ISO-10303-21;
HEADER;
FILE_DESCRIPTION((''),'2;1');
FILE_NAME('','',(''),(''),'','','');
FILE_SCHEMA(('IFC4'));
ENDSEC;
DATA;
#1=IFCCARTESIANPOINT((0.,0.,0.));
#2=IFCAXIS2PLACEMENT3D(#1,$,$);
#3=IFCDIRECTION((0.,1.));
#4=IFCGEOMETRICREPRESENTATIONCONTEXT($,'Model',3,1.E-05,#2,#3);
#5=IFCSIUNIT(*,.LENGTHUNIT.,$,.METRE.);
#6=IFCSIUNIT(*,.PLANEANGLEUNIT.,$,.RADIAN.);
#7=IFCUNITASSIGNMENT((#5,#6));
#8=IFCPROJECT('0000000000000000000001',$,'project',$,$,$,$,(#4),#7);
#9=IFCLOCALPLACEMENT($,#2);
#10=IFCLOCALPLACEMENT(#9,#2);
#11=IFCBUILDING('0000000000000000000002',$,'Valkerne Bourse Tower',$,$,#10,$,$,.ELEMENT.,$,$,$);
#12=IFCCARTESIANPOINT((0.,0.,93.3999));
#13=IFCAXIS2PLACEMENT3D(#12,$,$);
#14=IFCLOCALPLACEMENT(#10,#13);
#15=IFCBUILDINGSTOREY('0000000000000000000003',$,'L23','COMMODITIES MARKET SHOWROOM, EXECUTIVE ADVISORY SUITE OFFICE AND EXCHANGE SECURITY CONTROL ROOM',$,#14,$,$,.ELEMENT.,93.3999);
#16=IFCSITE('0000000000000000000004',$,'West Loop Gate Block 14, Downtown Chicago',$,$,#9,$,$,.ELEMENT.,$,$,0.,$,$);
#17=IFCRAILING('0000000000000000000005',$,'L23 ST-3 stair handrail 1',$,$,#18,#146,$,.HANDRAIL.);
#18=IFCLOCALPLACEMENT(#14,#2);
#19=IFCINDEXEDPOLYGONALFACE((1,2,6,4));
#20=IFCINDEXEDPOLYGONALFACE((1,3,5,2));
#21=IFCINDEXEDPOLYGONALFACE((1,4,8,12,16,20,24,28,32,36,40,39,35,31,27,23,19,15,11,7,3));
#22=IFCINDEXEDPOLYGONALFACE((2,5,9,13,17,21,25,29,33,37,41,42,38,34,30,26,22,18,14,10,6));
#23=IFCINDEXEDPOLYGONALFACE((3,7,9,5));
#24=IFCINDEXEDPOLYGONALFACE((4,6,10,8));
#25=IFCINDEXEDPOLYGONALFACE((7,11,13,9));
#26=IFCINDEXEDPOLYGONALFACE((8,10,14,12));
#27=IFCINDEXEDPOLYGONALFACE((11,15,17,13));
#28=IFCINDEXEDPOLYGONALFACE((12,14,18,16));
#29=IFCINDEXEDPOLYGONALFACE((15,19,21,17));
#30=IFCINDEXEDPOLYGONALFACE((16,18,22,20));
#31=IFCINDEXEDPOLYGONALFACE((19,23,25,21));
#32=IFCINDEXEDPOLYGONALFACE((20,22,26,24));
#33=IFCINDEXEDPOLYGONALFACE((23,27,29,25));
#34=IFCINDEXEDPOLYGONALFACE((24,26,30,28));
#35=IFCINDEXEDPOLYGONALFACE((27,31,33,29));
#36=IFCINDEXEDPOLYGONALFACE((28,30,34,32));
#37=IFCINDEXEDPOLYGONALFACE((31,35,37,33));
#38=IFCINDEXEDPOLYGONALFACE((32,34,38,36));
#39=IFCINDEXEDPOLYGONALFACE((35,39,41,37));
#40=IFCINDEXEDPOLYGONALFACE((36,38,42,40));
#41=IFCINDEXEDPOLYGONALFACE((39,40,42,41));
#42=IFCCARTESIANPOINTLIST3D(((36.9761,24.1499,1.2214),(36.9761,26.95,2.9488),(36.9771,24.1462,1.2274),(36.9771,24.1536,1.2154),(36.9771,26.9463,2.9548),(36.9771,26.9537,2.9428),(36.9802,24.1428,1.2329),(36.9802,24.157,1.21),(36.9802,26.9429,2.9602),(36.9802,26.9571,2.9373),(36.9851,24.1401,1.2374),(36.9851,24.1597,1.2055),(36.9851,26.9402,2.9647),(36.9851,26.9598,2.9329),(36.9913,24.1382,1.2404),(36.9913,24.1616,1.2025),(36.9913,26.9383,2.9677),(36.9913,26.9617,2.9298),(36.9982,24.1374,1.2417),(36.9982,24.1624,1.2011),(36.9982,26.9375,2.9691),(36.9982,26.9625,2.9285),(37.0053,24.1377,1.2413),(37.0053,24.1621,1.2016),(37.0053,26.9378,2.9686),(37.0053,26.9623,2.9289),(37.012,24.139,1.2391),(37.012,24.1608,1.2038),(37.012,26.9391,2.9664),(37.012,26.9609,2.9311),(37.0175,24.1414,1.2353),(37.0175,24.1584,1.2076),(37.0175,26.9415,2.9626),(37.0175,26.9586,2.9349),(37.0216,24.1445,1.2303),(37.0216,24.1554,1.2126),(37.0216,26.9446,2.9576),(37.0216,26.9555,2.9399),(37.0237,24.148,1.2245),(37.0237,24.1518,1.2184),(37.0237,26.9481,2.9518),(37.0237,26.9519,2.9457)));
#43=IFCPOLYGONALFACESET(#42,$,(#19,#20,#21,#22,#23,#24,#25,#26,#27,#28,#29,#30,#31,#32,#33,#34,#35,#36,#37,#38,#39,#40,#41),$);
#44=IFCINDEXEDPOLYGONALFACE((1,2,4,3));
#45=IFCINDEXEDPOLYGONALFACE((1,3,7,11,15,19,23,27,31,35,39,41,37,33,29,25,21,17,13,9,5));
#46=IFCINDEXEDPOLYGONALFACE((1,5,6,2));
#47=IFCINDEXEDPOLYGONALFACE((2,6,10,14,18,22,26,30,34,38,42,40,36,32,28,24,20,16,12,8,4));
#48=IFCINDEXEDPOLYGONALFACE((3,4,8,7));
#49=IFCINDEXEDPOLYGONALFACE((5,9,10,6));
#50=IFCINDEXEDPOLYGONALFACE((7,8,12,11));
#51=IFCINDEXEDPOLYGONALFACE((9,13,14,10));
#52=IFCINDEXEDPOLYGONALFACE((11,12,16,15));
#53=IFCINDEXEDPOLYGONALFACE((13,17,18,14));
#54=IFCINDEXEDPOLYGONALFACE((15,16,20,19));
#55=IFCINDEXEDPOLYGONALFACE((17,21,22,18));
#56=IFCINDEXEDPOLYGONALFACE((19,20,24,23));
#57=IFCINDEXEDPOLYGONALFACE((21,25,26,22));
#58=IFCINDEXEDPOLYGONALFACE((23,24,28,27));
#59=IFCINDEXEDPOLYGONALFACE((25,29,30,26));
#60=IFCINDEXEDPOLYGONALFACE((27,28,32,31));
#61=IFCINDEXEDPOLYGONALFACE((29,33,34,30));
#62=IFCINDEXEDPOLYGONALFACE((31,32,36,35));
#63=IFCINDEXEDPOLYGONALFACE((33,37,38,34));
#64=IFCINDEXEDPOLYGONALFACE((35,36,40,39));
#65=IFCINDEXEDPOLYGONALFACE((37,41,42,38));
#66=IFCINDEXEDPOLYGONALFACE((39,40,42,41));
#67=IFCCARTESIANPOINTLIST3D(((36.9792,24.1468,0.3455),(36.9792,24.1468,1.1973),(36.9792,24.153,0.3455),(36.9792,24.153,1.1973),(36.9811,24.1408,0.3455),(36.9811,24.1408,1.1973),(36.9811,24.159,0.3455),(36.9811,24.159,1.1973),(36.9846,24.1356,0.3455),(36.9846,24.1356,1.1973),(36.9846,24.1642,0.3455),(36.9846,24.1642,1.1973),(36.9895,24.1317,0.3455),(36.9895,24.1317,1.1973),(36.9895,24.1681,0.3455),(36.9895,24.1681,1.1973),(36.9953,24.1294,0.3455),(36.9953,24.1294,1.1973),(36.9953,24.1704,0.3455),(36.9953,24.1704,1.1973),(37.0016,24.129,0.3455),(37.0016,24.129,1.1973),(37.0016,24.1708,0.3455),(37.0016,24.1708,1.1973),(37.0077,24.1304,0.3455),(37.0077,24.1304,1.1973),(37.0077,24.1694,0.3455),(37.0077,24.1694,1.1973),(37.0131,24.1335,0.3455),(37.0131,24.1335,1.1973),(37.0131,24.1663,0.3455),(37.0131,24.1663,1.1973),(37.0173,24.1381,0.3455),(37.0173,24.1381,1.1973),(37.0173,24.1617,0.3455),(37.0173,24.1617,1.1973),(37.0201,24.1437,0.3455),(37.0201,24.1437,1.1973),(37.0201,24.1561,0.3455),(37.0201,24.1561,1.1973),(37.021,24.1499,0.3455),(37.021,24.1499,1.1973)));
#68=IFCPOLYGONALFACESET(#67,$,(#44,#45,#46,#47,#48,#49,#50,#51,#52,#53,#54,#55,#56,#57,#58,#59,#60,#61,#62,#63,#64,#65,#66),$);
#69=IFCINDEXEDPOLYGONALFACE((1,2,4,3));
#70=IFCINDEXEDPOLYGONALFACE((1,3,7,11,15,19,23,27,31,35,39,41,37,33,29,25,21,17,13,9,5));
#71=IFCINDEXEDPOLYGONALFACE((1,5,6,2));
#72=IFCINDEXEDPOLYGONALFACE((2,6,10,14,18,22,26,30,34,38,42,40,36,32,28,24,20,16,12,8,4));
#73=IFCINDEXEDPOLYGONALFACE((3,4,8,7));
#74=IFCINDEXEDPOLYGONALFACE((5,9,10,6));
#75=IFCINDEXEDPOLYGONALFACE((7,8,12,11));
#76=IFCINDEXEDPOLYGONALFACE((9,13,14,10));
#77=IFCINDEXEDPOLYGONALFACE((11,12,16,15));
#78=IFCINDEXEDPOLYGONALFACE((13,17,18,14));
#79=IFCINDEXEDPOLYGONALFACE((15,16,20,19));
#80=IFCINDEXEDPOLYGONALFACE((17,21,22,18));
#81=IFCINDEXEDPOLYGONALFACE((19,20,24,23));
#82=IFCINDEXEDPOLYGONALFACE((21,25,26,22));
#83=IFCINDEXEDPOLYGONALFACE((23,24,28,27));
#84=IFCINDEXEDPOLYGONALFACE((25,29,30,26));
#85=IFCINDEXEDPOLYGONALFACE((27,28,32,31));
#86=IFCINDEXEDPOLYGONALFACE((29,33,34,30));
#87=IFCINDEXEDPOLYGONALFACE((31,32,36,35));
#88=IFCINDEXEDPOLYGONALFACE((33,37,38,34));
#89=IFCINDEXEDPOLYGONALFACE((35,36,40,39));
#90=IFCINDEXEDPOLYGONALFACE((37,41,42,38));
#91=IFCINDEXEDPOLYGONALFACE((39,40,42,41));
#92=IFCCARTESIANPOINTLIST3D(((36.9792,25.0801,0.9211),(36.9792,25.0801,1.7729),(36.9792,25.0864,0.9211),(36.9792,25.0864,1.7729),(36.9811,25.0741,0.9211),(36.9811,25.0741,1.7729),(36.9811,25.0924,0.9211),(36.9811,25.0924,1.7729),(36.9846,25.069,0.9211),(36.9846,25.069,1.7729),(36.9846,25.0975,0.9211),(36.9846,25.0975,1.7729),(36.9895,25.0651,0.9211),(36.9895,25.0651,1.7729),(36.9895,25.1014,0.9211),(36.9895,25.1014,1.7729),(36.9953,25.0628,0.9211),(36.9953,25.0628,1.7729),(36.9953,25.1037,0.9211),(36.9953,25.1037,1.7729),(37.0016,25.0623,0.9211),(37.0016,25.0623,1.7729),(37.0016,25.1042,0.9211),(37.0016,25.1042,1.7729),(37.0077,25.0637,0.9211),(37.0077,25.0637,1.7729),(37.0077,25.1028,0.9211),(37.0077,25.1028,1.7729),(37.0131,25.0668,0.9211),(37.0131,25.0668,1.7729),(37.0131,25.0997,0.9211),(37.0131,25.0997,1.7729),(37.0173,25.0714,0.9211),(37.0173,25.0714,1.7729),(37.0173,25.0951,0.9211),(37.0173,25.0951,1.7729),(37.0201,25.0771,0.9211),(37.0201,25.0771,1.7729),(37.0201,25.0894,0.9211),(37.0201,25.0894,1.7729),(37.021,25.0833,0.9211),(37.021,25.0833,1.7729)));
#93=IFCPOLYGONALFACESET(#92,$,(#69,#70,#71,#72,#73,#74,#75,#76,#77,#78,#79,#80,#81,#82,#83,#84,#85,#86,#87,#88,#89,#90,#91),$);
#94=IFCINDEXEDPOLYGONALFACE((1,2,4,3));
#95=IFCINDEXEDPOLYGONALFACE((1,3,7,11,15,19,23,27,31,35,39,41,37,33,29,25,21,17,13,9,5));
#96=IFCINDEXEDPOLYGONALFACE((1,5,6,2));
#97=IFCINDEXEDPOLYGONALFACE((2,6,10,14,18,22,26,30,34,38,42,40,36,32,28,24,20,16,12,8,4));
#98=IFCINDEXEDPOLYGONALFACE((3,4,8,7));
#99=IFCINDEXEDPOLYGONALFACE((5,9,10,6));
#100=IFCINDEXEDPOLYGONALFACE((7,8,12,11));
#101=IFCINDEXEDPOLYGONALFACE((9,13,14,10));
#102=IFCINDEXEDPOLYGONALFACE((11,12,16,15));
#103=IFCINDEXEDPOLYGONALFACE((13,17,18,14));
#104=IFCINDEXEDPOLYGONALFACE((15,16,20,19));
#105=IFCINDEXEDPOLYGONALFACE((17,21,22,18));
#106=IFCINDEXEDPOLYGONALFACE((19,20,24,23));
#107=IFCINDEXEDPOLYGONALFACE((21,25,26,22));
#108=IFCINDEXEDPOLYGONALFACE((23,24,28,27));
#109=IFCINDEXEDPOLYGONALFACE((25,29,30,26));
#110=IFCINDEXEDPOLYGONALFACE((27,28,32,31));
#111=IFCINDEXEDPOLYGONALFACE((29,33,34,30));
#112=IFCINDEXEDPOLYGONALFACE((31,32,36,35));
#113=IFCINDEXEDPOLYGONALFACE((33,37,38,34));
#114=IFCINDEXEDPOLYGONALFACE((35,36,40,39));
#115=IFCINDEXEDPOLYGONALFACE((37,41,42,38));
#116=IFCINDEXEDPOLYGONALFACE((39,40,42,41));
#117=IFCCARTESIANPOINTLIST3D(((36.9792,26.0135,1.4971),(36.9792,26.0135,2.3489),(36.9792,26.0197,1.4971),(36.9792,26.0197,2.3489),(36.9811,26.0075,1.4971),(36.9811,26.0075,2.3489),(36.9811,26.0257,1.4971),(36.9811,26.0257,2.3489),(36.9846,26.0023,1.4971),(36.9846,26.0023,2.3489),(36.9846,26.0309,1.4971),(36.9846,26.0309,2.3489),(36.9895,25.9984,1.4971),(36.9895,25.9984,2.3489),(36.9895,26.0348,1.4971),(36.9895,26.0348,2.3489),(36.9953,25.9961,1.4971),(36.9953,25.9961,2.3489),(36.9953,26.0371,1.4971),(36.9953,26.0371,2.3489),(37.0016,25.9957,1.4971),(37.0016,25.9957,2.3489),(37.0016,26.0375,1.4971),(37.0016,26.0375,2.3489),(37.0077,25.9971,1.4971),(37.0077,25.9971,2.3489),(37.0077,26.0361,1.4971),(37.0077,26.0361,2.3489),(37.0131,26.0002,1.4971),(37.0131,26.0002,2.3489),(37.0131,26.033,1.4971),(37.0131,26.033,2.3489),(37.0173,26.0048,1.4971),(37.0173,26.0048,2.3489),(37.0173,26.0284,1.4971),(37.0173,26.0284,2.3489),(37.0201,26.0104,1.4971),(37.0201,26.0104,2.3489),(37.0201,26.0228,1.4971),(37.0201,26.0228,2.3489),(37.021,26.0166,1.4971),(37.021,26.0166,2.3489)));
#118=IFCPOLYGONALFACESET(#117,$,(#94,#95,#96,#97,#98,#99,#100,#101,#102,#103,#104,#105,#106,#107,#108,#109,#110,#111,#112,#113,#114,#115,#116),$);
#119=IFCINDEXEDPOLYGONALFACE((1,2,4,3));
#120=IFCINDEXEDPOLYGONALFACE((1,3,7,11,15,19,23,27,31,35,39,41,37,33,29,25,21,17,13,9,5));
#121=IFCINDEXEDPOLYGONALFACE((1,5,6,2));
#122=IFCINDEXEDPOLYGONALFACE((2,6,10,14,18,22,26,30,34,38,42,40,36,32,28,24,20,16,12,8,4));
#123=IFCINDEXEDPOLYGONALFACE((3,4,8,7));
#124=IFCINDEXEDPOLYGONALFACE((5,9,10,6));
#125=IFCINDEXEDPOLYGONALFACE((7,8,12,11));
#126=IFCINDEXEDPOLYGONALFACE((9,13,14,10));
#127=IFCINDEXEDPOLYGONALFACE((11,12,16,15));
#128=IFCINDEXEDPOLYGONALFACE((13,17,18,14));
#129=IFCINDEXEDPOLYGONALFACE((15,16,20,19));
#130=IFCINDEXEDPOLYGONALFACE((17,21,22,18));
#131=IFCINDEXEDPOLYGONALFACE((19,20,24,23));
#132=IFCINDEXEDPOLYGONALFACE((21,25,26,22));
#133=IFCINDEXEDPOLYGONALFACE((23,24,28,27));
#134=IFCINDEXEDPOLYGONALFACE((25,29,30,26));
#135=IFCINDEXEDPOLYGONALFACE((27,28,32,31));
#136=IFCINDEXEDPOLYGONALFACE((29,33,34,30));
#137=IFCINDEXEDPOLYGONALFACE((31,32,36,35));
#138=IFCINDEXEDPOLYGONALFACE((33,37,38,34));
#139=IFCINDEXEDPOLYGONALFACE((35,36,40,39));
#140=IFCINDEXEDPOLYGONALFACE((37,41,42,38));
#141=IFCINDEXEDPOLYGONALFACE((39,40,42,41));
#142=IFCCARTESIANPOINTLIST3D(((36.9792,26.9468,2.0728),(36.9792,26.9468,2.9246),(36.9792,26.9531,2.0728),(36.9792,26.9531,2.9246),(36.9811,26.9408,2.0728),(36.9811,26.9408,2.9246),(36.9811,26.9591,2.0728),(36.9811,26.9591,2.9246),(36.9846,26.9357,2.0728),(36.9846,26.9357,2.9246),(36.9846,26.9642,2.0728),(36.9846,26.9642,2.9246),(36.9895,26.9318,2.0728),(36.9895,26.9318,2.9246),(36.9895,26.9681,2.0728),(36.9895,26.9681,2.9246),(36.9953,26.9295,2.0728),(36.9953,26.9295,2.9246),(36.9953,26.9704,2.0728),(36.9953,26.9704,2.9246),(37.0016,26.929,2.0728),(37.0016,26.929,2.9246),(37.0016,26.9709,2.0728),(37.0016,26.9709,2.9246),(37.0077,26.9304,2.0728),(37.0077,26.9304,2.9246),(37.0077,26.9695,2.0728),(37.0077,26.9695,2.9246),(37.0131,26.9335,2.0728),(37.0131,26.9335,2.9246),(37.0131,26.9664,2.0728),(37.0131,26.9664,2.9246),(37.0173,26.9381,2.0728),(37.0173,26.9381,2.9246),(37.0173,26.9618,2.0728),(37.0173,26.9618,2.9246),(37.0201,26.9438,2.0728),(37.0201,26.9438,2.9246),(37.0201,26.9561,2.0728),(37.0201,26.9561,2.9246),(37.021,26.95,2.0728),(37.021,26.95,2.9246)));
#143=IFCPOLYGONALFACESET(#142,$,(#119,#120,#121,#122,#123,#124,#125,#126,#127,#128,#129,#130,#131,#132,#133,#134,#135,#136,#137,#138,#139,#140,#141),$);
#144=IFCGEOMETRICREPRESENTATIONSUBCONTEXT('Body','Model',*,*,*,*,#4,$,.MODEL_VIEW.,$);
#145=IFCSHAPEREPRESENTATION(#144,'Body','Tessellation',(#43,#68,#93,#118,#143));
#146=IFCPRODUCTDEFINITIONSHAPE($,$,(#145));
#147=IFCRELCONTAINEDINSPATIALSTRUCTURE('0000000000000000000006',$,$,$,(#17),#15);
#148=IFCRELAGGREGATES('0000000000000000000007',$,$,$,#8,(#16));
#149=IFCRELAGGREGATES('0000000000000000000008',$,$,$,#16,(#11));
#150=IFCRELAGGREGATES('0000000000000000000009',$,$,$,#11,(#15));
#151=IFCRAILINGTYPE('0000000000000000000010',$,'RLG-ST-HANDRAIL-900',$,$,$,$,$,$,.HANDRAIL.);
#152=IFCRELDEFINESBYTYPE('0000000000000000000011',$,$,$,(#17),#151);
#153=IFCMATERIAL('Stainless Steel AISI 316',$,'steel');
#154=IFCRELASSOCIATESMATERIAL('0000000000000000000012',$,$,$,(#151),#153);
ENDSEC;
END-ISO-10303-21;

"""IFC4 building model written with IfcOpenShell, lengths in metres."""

from ifc_helpers import new_model, si_unit, direction, frame, origin, origin_2d, place, context, subcontext, project, spatial, circle, extrude, material, type_object, element, save


model = new_model("IFC4")

# Units and contexts
model_context = context("Model", 3, precision=1e-05, world=origin(), true_north=direction((0.0, 1.0)))
body_context = subcontext(model_context, "Body", "Model", "MODEL_VIEW")
ifc_project = project(units=[si_unit("LENGTHUNIT", "METRE"), si_unit("PLANEANGLEUNIT", "RADIAN")], contexts=[model_context])

# Site, building, storey
site_placement = place(None, origin())
site = spatial("IfcSite", under=ifc_project, at=site_placement, Name="West Loop Gate Block 14, Downtown Chicago", CompositionType="ELEMENT", RefElevation=0.0)
building_placement = place(site_placement, origin())
building = spatial("IfcBuilding", under=site, at=building_placement, Name="Valkerne Bourse Tower", CompositionType="ELEMENT")
storey_placement = place(building_placement, frame((0.0, 0.0, 93.3999)))
storey = spatial("IfcBuildingStorey", under=building, at=storey_placement, Name="L23", Description="COMMODITIES MARKET SHOWROOM, EXECUTIVE ADVISORY SUITE OFFICE AND EXCHANGE SECURITY CONTROL ROOM", CompositionType="ELEMENT", Elevation=93.3999)

# Railing
ifc_material_1 = material(Name="Stainless Steel AISI 316", Category="steel")
railing_type_1 = type_object("IfcRailingType", Name="RLG-ST-HANDRAIL-900", PredefinedType="HANDRAIL", material=ifc_material_1)
railing_1_placement = place(storey_placement, frame((37.0, 24.1499, 0.3455)))
element("IfcRailing", 1, at=railing_1_placement, inside=storey, type_object=railing_type_1, Name="L23 ST-3 stair handrail 1", PredefinedType="HANDRAIL", context=body_context, shape_type="SweptSolid", body=[
    extrude(circle(Radius=0.0239, at=origin_2d()), frame((0.0, 0.0, 0.876), z_axis=(0.0, 0.85109, 0.52502), x_axis=(-1.0, 0.0, 0.0)), (0.0, 0.0, 1.0), 3.29),
    extrude(circle(Radius=0.021, at=origin_2d()), origin(), (0.0, 0.0, 1.0), 0.8518),
    extrude(circle(Radius=0.021, at=origin_2d()), frame((0.0, 0.9333, 0.5757)), (0.0, 0.0, 1.0), 0.8518),
    extrude(circle(Radius=0.021, at=origin_2d()), frame((0.0, 1.8667, 1.1516)), (0.0, 0.0, 1.0), 0.8518),
    extrude(circle(Radius=0.021, at=origin_2d()), frame((0.0, 2.8, 1.7273)), (0.0, 0.0, 1.0), 0.8518),
])

save(model, "model.ifc")
